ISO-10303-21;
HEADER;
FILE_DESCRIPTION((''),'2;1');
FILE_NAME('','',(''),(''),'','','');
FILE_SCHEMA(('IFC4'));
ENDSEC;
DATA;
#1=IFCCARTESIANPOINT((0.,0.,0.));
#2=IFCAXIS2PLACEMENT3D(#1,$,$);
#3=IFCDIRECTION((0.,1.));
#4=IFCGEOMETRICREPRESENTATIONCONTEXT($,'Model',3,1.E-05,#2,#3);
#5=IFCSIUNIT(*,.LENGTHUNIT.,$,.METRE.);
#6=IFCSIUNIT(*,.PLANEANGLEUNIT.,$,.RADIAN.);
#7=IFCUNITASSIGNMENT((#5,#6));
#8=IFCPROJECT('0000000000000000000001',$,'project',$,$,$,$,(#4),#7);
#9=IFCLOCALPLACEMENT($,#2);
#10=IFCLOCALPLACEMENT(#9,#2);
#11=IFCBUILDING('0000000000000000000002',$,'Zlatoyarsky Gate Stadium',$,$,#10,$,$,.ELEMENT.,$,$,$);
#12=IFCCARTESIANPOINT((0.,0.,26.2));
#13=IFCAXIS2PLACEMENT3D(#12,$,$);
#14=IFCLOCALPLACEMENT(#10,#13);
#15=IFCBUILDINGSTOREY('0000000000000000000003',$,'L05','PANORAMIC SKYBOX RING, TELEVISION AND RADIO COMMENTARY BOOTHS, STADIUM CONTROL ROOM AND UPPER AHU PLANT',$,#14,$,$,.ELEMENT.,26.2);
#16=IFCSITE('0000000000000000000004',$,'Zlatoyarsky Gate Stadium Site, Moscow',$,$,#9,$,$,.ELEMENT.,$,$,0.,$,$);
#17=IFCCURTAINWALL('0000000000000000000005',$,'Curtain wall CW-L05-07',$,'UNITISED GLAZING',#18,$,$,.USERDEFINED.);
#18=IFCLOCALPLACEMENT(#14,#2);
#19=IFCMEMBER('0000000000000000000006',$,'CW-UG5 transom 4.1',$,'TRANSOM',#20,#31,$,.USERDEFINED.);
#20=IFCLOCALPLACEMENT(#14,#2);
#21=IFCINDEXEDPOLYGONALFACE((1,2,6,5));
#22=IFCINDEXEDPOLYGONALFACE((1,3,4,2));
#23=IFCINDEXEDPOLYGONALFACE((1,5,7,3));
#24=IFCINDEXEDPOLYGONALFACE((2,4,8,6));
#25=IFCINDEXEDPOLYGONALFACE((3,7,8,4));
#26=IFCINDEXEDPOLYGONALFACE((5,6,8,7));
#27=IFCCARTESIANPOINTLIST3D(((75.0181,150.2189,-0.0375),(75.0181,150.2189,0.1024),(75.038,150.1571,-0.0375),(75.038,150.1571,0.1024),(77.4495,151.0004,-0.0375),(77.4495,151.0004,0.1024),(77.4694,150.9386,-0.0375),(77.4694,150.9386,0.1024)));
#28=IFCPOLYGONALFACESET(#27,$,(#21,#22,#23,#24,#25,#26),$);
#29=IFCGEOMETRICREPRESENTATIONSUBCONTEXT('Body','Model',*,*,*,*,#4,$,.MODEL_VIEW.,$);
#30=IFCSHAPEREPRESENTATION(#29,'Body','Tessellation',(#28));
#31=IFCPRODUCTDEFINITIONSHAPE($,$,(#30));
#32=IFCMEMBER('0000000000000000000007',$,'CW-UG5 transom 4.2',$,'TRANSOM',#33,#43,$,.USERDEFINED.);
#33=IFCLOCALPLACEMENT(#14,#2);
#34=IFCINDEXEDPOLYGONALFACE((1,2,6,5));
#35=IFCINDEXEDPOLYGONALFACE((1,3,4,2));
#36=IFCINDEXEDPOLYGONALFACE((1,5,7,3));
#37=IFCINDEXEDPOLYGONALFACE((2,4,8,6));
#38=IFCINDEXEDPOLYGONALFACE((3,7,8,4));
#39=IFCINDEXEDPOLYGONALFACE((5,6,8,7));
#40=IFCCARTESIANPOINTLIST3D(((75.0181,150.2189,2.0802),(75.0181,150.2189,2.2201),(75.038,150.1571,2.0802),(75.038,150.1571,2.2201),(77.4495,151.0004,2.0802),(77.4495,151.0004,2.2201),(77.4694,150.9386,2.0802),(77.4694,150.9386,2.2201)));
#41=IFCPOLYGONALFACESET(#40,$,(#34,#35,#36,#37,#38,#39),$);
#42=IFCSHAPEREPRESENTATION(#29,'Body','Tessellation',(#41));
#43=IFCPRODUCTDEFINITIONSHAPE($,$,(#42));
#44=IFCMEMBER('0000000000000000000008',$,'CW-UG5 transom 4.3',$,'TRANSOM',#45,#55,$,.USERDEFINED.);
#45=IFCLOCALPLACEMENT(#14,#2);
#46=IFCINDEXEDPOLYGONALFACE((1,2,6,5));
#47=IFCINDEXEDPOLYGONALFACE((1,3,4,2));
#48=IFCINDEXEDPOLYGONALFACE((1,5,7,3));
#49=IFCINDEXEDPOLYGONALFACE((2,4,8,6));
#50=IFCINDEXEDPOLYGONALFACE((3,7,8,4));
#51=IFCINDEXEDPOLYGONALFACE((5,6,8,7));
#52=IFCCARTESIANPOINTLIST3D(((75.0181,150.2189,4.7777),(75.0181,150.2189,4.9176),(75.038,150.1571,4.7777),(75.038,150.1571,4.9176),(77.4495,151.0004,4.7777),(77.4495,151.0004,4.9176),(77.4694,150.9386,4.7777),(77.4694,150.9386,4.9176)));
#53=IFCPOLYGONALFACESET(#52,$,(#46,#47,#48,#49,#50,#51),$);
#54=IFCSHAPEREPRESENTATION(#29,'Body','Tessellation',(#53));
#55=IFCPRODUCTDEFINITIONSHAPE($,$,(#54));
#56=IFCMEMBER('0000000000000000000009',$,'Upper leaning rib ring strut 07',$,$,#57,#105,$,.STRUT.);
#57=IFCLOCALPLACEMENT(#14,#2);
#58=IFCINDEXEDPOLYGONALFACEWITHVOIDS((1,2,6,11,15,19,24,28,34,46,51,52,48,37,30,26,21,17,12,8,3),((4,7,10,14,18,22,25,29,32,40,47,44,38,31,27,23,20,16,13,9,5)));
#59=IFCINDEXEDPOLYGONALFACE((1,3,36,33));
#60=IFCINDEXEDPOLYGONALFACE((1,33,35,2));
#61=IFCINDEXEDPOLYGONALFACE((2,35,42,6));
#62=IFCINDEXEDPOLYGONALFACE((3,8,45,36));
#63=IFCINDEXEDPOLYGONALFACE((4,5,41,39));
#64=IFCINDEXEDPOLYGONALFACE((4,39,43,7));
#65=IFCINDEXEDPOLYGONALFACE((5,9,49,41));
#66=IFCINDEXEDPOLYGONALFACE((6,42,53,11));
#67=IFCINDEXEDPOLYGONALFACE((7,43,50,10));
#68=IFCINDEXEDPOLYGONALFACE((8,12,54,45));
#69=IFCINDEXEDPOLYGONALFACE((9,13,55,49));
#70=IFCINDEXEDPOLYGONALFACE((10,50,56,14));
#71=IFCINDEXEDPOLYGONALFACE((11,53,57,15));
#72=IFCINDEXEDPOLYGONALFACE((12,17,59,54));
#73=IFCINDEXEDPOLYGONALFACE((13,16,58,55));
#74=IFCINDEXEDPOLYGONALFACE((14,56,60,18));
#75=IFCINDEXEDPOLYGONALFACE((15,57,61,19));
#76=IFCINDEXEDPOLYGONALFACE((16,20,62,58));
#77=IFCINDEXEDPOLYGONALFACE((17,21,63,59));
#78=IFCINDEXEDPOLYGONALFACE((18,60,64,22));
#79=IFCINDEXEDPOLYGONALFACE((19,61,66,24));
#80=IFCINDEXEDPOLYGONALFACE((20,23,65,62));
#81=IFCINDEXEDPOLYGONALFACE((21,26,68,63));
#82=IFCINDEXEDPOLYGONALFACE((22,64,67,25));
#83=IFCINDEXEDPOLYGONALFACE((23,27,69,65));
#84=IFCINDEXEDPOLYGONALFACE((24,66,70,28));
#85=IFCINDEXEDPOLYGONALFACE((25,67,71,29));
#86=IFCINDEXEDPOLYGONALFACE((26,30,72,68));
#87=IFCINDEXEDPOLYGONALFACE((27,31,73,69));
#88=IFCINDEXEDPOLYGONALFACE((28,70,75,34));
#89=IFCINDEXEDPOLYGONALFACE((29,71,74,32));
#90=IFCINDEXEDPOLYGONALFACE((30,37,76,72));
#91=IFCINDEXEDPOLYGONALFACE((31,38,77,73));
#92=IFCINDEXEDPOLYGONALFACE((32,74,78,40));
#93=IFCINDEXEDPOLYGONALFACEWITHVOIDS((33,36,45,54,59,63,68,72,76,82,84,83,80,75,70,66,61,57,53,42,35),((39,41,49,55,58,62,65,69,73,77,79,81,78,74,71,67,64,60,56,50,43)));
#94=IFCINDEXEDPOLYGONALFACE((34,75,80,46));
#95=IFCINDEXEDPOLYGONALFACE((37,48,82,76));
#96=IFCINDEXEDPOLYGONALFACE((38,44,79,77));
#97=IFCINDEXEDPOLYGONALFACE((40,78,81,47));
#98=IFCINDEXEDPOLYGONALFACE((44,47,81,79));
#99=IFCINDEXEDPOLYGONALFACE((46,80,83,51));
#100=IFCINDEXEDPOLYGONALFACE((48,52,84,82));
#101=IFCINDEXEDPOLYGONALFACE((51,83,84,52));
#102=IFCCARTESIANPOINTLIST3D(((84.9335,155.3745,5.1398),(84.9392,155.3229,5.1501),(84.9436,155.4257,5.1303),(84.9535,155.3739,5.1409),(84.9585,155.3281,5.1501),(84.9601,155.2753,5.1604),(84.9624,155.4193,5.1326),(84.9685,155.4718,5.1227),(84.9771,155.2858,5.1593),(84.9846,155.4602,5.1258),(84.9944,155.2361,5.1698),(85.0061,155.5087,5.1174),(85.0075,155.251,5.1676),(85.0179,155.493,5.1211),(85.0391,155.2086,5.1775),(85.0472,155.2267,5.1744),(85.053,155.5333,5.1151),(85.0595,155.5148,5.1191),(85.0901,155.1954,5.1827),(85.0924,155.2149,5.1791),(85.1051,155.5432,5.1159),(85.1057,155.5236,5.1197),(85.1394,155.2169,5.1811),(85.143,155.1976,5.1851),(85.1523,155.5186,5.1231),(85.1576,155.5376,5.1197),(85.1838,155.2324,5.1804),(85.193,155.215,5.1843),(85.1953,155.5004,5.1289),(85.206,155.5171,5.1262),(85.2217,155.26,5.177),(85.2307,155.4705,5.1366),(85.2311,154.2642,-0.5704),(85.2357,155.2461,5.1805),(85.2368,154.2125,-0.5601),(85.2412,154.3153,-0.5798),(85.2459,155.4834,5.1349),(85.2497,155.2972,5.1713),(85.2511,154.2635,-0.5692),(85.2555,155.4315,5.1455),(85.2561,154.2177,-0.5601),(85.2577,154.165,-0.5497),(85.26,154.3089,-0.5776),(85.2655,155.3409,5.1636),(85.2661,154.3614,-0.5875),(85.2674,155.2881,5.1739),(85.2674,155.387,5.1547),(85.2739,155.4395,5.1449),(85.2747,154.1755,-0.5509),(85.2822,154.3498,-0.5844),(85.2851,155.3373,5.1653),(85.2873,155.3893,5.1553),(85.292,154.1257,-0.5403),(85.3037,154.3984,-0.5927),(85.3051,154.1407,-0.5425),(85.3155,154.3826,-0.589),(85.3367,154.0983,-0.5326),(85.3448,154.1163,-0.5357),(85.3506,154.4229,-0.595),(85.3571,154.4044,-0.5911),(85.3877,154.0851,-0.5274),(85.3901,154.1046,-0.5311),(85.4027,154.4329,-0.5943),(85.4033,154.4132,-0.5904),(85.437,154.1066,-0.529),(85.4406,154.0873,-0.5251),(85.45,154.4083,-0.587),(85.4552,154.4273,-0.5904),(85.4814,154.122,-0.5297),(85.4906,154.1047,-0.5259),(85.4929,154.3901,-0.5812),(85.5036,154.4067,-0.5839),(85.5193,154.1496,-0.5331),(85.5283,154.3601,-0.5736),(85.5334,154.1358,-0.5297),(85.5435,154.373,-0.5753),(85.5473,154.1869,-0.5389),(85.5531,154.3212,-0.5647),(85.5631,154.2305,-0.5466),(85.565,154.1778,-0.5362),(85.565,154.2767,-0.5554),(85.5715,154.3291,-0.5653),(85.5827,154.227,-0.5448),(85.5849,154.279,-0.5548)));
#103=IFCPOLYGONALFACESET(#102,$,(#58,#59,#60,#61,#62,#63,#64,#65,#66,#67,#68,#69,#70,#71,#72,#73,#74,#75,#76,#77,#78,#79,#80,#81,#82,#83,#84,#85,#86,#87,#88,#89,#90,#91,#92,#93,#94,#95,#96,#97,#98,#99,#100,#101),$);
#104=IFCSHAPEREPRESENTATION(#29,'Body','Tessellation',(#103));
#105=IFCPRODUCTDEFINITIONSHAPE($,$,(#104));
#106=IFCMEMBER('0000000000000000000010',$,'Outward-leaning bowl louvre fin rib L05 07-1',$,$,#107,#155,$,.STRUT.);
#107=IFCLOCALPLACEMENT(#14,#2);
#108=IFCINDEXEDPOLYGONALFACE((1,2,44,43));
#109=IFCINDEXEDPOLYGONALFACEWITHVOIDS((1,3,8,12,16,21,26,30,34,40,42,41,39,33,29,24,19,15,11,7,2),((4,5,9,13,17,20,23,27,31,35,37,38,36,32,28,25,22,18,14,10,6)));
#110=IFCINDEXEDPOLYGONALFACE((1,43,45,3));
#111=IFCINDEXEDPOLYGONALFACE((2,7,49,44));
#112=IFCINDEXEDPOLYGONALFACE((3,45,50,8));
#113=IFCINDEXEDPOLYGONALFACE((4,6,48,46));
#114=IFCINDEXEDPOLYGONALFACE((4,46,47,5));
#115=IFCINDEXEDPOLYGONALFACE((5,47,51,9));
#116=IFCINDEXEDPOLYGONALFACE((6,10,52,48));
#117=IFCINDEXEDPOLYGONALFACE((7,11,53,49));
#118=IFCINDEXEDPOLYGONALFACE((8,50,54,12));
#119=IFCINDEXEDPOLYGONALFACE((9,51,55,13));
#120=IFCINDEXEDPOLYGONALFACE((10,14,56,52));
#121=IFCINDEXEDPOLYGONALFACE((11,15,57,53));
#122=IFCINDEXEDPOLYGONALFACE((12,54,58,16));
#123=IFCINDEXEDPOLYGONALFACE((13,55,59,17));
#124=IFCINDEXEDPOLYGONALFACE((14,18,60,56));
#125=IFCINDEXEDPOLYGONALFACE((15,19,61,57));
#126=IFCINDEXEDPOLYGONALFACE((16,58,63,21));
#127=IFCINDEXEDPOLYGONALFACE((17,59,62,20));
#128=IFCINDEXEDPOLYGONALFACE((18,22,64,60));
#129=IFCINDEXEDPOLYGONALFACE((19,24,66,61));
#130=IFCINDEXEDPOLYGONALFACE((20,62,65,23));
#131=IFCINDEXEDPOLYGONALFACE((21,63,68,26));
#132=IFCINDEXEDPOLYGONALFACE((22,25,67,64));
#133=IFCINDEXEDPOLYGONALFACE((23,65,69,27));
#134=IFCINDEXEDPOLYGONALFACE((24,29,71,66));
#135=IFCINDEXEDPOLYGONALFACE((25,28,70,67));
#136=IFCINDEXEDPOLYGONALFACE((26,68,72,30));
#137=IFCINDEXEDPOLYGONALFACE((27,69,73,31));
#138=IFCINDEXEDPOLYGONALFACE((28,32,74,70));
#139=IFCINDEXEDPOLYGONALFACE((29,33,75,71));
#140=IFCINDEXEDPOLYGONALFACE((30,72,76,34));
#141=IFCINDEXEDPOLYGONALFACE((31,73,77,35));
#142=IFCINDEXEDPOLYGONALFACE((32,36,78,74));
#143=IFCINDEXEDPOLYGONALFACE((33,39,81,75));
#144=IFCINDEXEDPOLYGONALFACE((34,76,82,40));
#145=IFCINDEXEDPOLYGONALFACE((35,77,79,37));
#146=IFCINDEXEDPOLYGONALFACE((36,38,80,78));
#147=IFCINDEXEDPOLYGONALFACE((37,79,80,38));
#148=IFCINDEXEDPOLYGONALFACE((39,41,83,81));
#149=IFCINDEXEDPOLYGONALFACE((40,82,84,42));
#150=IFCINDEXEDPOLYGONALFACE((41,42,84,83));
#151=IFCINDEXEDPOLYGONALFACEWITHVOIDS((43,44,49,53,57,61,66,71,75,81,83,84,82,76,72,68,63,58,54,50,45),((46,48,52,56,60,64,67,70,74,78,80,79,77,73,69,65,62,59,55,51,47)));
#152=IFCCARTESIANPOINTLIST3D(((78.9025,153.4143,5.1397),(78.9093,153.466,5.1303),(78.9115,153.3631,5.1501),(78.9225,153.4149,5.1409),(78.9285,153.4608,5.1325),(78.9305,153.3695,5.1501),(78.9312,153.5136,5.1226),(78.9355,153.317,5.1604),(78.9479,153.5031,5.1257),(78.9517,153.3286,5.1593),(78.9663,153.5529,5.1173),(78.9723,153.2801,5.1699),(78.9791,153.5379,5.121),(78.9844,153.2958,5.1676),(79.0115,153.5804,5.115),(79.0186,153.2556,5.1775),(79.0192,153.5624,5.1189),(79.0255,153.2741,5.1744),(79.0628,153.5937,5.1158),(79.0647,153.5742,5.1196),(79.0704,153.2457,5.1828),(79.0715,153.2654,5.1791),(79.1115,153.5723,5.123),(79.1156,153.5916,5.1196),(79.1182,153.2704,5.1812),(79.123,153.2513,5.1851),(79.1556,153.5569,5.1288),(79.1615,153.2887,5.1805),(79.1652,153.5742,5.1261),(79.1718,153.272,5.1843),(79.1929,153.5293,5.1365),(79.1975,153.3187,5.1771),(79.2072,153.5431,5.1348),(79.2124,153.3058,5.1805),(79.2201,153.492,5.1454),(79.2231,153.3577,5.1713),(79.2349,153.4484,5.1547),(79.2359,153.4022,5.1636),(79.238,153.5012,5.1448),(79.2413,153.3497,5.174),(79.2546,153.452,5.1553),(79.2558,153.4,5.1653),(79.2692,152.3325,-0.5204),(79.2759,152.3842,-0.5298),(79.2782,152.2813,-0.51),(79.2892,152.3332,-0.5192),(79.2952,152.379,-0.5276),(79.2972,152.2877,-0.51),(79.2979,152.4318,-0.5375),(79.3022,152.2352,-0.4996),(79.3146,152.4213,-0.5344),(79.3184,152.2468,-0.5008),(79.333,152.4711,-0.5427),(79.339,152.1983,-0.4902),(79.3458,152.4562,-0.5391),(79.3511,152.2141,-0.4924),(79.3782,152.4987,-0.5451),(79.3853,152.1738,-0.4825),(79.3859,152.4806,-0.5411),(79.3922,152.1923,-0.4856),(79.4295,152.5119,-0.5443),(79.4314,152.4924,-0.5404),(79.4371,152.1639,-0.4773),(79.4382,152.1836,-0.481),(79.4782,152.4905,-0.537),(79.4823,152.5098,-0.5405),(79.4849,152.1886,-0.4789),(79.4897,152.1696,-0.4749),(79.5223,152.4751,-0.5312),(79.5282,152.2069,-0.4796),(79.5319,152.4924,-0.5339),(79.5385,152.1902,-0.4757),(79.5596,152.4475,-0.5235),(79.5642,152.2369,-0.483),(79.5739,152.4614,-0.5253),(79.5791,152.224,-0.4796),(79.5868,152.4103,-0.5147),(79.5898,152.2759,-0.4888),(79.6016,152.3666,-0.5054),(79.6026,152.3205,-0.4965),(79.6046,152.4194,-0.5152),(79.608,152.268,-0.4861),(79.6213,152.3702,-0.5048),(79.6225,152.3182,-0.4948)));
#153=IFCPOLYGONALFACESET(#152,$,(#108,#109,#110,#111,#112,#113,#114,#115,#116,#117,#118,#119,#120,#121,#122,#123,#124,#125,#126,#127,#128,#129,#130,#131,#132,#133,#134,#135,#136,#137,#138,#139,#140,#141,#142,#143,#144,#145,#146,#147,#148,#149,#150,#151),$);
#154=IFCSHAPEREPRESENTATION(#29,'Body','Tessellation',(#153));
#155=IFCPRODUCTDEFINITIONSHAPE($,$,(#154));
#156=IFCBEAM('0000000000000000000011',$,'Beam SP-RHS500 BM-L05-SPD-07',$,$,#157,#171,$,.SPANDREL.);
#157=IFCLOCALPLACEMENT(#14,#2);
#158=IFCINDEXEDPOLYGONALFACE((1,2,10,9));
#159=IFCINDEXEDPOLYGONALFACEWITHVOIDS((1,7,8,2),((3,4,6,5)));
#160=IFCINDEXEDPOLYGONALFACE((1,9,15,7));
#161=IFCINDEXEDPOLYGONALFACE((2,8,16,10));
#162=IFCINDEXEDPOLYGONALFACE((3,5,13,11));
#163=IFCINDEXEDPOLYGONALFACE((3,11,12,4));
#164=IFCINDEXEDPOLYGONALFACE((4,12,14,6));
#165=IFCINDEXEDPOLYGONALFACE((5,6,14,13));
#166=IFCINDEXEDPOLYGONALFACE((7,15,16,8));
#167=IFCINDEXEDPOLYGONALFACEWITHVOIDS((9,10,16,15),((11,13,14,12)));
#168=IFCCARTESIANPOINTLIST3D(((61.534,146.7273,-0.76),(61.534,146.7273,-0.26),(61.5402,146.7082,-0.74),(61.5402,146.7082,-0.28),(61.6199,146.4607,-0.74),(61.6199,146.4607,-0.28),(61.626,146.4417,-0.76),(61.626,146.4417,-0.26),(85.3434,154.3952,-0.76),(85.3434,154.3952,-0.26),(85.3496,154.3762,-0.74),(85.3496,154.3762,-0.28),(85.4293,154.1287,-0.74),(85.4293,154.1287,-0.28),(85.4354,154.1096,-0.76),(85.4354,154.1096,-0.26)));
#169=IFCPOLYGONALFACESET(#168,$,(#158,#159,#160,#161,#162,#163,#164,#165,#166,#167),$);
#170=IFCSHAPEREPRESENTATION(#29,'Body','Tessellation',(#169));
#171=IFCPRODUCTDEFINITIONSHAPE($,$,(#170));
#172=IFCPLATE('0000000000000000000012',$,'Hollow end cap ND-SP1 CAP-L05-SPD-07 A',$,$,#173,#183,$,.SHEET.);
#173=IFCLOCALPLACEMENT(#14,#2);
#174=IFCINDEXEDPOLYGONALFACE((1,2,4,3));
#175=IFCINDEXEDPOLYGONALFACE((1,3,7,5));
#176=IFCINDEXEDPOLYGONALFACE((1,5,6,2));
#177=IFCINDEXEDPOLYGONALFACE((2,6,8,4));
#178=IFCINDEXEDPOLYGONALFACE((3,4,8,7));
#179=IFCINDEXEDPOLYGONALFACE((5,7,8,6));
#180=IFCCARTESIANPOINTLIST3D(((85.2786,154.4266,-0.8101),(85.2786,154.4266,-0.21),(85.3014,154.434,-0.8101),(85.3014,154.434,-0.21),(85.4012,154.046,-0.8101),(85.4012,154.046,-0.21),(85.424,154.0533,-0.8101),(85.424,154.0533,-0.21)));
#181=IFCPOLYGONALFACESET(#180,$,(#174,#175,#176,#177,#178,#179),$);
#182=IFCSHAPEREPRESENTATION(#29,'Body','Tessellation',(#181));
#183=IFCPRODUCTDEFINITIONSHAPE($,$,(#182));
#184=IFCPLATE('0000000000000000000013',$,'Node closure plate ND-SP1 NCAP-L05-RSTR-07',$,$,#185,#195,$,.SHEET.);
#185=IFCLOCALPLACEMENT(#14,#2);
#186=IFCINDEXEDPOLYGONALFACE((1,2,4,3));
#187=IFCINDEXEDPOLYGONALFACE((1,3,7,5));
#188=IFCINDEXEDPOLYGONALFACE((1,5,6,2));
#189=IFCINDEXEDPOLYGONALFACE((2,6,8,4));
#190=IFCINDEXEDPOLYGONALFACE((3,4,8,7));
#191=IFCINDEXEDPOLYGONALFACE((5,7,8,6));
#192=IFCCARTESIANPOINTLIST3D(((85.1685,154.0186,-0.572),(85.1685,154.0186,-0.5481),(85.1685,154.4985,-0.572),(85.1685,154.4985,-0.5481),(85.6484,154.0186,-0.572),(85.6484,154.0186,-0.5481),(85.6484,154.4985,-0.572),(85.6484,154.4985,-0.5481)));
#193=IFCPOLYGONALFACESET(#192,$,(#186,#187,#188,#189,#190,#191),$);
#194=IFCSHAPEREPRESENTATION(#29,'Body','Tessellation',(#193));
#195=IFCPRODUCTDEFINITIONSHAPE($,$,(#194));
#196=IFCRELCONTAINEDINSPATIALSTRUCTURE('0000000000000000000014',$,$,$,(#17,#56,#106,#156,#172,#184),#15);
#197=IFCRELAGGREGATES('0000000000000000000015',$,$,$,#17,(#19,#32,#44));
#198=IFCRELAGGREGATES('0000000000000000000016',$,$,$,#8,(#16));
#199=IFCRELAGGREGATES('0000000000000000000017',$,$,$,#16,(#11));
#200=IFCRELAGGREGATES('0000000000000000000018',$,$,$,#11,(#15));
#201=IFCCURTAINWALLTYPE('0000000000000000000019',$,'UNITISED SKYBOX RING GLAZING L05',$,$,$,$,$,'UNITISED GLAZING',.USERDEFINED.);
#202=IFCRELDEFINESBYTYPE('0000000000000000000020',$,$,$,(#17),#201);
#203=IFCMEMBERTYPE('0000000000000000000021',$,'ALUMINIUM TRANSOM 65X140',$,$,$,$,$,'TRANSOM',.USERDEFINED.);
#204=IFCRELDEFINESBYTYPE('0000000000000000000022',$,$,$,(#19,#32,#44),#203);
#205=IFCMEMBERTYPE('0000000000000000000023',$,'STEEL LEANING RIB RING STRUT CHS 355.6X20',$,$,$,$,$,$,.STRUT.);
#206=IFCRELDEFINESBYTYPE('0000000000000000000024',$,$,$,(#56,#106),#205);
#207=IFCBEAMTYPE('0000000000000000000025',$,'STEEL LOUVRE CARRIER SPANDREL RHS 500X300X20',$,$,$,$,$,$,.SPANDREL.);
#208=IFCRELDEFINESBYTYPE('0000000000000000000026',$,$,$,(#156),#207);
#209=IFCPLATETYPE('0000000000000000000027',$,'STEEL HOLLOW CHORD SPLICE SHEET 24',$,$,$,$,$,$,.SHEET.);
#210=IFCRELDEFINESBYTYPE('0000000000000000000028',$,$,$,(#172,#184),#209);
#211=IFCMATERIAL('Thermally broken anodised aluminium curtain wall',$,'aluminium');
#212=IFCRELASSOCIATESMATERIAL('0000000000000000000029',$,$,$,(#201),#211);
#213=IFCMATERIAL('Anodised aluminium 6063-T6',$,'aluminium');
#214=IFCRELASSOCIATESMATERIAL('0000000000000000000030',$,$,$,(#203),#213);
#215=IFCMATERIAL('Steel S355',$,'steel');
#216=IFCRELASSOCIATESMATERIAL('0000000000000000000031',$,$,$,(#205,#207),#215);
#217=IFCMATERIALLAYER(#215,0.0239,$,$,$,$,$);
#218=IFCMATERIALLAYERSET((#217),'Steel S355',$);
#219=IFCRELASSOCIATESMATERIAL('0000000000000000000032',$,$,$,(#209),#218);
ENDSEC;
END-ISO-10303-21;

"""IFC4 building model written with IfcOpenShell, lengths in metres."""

from ifc_helpers import new_model, si_unit, direction, frame, origin, origin_2d, place, context, subcontext, project, spatial, rectangle, hollow_rectangle, hollow_circle, extrude, material, layer, layer_set, material_profile, profile_set, type_object, element, aggregate, save


model = new_model("IFC4")

# Units and contexts
model_context = context("Model", 3, precision=1e-05, world=origin(), true_north=direction((0.0, 1.0)))
body_context = subcontext(model_context, "Body", "Model", "MODEL_VIEW")
ifc_project = project(units=[si_unit("LENGTHUNIT", "METRE"), si_unit("PLANEANGLEUNIT", "RADIAN")], contexts=[model_context])

# Site, building, storey
site_placement = place(None, origin())
site = spatial("IfcSite", under=ifc_project, at=site_placement, Name="Zlatoyarsky Gate Stadium Site, Moscow", CompositionType="ELEMENT", RefElevation=0.0)
building_placement = place(site_placement, origin())
building = spatial("IfcBuilding", under=site, at=building_placement, Name="Zlatoyarsky Gate Stadium", CompositionType="ELEMENT")
storey_placement = place(building_placement, frame((0.0, 0.0, 26.2)))
storey = spatial("IfcBuildingStorey", under=building, at=storey_placement, Name="L05", Description="PANORAMIC SKYBOX RING, TELEVISION AND RADIO COMMENTARY BOOTHS, STADIUM CONTROL ROOM AND UPPER AHU PLANT", CompositionType="ELEMENT", Elevation=26.2)

# Shared definitions
ifc_material_1 = material(Name="Thermally broken anodised aluminium curtain wall", Category="aluminium")
ifc_material_2 = material(Name="Anodised aluminium 6063-T6", Category="aluminium")

# Curtain wall, members
curtain_wall_type_1 = type_object("IfcCurtainWallType", Name="UNITISED SKYBOX RING GLAZING L05", ElementType="UNITISED GLAZING", PredefinedType="USERDEFINED", material=ifc_material_1)
curtain_wall_1_placement = place(storey_placement, origin())
curtain_wall_1 = element("IfcCurtainWall", 1, at=curtain_wall_1_placement, inside=storey, type_object=curtain_wall_type_1, Name="Curtain wall CW-L05-07", ObjectType="UNITISED GLAZING", PredefinedType="USERDEFINED")
ifc_material_profile_1 = material_profile(ifc_material_2, rectangle(XDim=0.0649, YDim=0.1399, at=origin_2d()), Name="ALU 65X140")
ifc_profile_set_1 = profile_set([ifc_material_profile_1], Name="Anodised aluminium 6063-T6")
member_type_1 = type_object("IfcMemberType", Name="ALUMINIUM TRANSOM 65X140", ElementType="TRANSOM", PredefinedType="USERDEFINED", material=ifc_profile_set_1)
member_1_placement = place(storey_placement, frame((77.4595, 150.9695, 0.0325), z_axis=(-0.952032, -0.306, 0.0), x_axis=(0.306, -0.952032, 0.0)))
member_1 = element("IfcMember", 2, at=member_1_placement, type_object=member_type_1, Name="CW-UG5 transom 4.1", ObjectType="TRANSOM", PredefinedType="USERDEFINED", context=body_context, shape_type="SweptSolid", body=[
    extrude(rectangle(XDim=0.0649, YDim=0.1399, at=origin_2d()), origin(), (0.0, 0.0, 1.0), 2.554),
])
member_2_placement = place(storey_placement, frame((77.4595, 150.9695, 2.1501), z_axis=(-0.952032, -0.306, 0.0), x_axis=(0.306, -0.952032, 0.0)))
member_2 = element("IfcMember", 3, at=member_2_placement, type_object=member_type_1, Name="CW-UG5 transom 4.2", ObjectType="TRANSOM", PredefinedType="USERDEFINED", context=body_context, shape_type="SweptSolid", body=[
    extrude(rectangle(XDim=0.0649, YDim=0.1399, at=origin_2d()), origin(), (0.0, 0.0, 1.0), 2.554),
])
member_3_placement = place(storey_placement, frame((77.4595, 150.9695, 4.8477), z_axis=(-0.952032, -0.306, 0.0), x_axis=(0.306, -0.952032, 0.0)))
member_3 = element("IfcMember", 4, at=member_3_placement, type_object=member_type_1, Name="CW-UG5 transom 4.3", ObjectType="TRANSOM", PredefinedType="USERDEFINED", context=body_context, shape_type="SweptSolid", body=[
    extrude(rectangle(XDim=0.0649, YDim=0.1399, at=origin_2d()), origin(), (0.0, 0.0, 1.0), 2.554),
])

# Members
ifc_material_3 = material(Name="Steel S355", Category="steel")
ifc_material_profile_2 = material_profile(ifc_material_3, hollow_circle(Radius=0.1777, WallThickness=0.02, at=origin_2d()), Name="CHS 355.6X20")
ifc_profile_set_2 = profile_set([ifc_material_profile_2], Name="Steel S355")
member_type_2 = type_object("IfcMemberType", Name="STEEL LEANING RIB RING STRUT CHS 355.6X20", PredefinedType="STRUT", material=ifc_profile_set_2)
member_4_placement = place(storey_placement, frame((85.4084, 154.2585, -0.5601), z_axis=(-0.051093, 0.190626, 0.980332), x_axis=(-0.965906, -0.258892, 0.0)))
element("IfcMember", 5, at=member_4_placement, inside=storey, type_object=member_type_2, Name="Upper leaning rib ring strut 07", PredefinedType="STRUT", context=body_context, shape_type="SweptSolid", body=[
    extrude(hollow_circle(Radius=0.1777, WallThickness=0.02, at=origin_2d()), origin(), (0.0, 0.0, 1.0), 5.8247),
])
member_5_placement = place(storey_placement, frame((79.4465, 152.3384, -0.51), z_axis=(-0.063506, 0.187346, 0.980239), x_axis=(-0.947068, -0.321033, 0.0)))
element("IfcMember", 6, at=member_5_placement, inside=storey, type_object=member_type_2, Name="Outward-leaning bowl louvre fin rib L05 07-1", PredefinedType="STRUT", context=body_context, shape_type="SweptSolid", body=[
    extrude(hollow_circle(Radius=0.1777, WallThickness=0.02, at=origin_2d()), origin(), (0.0, 0.0, 1.0), 5.7742),
])

# Beam
ifc_material_profile_3 = material_profile(ifc_material_3, hollow_rectangle(XDim=0.3, YDim=0.5, WallThickness=0.02, at=origin_2d()), Name="RHS 500X300X20")
ifc_profile_set_3 = profile_set([ifc_material_profile_3], Name="Steel S355")
beam_type = type_object("IfcBeamType", Name="STEEL LOUVRE CARRIER SPANDREL RHS 500X300X20", PredefinedType="SPANDREL", material=ifc_profile_set_3)
beam_placement = place(storey_placement, frame((85.3894, 154.2524, -0.51), z_axis=(-0.951854, -0.306552, 0.0), x_axis=(0.306552, -0.951854, 0.0)))
element("IfcBeam", 7, at=beam_placement, inside=storey, type_object=beam_type, Name="Beam SP-RHS500 BM-L05-SPD-07", PredefinedType="SPANDREL", context=body_context, shape_type="SweptSolid", body=[
    extrude(hollow_rectangle(XDim=0.3, YDim=0.5, WallThickness=0.02, at=origin_2d()), origin(), (0.0, 0.0, 1.0), 25.0137),
])

# Plates
ifc_layer_1 = layer(ifc_material_3, 0.0239)
ifc_layer_set_1 = layer_set([ifc_layer_1], Name="Steel S355")
plate_type_1 = type_object("IfcPlateType", Name="STEEL HOLLOW CHORD SPLICE SHEET 24", PredefinedType="SHEET", material=ifc_layer_set_1)
plate_1_placement = place(storey_placement, frame((85.3513, 154.24, -0.8101), z_axis=(0.0, 0.0, 1.0), x_axis=(-0.951856, -0.306546, 0.0)))
element("IfcPlate", 8, at=plate_1_placement, inside=storey, type_object=plate_type_1, Name="Hollow end cap ND-SP1 CAP-L05-SPD-07 A", PredefinedType="SHEET", context=body_context, shape_type="SweptSolid", body=[
    extrude(rectangle(XDim=0.0239, YDim=0.3999, at=origin_2d()), origin(), (0.0, 0.0, 1.0), 0.6001),
])
plate_2_placement = place(storey_placement, frame((85.4084, 154.2585, -0.572), z_axis=(0.0, 0.0, 1.0), x_axis=(1.0, 0.0, 0.0)))
element("IfcPlate", 9, at=plate_2_placement, inside=storey, type_object=plate_type_1, Name="Node closure plate ND-SP1 NCAP-L05-RSTR-07", PredefinedType="SHEET", context=body_context, shape_type="SweptSolid", body=[
    extrude(rectangle(XDim=0.48, YDim=0.48, at=origin_2d()), origin(), (0.0, 0.0, 1.0), 0.0239),
])

aggregate(curtain_wall_1, [member_1, member_2, member_3])

save(model, "model.ifc")
